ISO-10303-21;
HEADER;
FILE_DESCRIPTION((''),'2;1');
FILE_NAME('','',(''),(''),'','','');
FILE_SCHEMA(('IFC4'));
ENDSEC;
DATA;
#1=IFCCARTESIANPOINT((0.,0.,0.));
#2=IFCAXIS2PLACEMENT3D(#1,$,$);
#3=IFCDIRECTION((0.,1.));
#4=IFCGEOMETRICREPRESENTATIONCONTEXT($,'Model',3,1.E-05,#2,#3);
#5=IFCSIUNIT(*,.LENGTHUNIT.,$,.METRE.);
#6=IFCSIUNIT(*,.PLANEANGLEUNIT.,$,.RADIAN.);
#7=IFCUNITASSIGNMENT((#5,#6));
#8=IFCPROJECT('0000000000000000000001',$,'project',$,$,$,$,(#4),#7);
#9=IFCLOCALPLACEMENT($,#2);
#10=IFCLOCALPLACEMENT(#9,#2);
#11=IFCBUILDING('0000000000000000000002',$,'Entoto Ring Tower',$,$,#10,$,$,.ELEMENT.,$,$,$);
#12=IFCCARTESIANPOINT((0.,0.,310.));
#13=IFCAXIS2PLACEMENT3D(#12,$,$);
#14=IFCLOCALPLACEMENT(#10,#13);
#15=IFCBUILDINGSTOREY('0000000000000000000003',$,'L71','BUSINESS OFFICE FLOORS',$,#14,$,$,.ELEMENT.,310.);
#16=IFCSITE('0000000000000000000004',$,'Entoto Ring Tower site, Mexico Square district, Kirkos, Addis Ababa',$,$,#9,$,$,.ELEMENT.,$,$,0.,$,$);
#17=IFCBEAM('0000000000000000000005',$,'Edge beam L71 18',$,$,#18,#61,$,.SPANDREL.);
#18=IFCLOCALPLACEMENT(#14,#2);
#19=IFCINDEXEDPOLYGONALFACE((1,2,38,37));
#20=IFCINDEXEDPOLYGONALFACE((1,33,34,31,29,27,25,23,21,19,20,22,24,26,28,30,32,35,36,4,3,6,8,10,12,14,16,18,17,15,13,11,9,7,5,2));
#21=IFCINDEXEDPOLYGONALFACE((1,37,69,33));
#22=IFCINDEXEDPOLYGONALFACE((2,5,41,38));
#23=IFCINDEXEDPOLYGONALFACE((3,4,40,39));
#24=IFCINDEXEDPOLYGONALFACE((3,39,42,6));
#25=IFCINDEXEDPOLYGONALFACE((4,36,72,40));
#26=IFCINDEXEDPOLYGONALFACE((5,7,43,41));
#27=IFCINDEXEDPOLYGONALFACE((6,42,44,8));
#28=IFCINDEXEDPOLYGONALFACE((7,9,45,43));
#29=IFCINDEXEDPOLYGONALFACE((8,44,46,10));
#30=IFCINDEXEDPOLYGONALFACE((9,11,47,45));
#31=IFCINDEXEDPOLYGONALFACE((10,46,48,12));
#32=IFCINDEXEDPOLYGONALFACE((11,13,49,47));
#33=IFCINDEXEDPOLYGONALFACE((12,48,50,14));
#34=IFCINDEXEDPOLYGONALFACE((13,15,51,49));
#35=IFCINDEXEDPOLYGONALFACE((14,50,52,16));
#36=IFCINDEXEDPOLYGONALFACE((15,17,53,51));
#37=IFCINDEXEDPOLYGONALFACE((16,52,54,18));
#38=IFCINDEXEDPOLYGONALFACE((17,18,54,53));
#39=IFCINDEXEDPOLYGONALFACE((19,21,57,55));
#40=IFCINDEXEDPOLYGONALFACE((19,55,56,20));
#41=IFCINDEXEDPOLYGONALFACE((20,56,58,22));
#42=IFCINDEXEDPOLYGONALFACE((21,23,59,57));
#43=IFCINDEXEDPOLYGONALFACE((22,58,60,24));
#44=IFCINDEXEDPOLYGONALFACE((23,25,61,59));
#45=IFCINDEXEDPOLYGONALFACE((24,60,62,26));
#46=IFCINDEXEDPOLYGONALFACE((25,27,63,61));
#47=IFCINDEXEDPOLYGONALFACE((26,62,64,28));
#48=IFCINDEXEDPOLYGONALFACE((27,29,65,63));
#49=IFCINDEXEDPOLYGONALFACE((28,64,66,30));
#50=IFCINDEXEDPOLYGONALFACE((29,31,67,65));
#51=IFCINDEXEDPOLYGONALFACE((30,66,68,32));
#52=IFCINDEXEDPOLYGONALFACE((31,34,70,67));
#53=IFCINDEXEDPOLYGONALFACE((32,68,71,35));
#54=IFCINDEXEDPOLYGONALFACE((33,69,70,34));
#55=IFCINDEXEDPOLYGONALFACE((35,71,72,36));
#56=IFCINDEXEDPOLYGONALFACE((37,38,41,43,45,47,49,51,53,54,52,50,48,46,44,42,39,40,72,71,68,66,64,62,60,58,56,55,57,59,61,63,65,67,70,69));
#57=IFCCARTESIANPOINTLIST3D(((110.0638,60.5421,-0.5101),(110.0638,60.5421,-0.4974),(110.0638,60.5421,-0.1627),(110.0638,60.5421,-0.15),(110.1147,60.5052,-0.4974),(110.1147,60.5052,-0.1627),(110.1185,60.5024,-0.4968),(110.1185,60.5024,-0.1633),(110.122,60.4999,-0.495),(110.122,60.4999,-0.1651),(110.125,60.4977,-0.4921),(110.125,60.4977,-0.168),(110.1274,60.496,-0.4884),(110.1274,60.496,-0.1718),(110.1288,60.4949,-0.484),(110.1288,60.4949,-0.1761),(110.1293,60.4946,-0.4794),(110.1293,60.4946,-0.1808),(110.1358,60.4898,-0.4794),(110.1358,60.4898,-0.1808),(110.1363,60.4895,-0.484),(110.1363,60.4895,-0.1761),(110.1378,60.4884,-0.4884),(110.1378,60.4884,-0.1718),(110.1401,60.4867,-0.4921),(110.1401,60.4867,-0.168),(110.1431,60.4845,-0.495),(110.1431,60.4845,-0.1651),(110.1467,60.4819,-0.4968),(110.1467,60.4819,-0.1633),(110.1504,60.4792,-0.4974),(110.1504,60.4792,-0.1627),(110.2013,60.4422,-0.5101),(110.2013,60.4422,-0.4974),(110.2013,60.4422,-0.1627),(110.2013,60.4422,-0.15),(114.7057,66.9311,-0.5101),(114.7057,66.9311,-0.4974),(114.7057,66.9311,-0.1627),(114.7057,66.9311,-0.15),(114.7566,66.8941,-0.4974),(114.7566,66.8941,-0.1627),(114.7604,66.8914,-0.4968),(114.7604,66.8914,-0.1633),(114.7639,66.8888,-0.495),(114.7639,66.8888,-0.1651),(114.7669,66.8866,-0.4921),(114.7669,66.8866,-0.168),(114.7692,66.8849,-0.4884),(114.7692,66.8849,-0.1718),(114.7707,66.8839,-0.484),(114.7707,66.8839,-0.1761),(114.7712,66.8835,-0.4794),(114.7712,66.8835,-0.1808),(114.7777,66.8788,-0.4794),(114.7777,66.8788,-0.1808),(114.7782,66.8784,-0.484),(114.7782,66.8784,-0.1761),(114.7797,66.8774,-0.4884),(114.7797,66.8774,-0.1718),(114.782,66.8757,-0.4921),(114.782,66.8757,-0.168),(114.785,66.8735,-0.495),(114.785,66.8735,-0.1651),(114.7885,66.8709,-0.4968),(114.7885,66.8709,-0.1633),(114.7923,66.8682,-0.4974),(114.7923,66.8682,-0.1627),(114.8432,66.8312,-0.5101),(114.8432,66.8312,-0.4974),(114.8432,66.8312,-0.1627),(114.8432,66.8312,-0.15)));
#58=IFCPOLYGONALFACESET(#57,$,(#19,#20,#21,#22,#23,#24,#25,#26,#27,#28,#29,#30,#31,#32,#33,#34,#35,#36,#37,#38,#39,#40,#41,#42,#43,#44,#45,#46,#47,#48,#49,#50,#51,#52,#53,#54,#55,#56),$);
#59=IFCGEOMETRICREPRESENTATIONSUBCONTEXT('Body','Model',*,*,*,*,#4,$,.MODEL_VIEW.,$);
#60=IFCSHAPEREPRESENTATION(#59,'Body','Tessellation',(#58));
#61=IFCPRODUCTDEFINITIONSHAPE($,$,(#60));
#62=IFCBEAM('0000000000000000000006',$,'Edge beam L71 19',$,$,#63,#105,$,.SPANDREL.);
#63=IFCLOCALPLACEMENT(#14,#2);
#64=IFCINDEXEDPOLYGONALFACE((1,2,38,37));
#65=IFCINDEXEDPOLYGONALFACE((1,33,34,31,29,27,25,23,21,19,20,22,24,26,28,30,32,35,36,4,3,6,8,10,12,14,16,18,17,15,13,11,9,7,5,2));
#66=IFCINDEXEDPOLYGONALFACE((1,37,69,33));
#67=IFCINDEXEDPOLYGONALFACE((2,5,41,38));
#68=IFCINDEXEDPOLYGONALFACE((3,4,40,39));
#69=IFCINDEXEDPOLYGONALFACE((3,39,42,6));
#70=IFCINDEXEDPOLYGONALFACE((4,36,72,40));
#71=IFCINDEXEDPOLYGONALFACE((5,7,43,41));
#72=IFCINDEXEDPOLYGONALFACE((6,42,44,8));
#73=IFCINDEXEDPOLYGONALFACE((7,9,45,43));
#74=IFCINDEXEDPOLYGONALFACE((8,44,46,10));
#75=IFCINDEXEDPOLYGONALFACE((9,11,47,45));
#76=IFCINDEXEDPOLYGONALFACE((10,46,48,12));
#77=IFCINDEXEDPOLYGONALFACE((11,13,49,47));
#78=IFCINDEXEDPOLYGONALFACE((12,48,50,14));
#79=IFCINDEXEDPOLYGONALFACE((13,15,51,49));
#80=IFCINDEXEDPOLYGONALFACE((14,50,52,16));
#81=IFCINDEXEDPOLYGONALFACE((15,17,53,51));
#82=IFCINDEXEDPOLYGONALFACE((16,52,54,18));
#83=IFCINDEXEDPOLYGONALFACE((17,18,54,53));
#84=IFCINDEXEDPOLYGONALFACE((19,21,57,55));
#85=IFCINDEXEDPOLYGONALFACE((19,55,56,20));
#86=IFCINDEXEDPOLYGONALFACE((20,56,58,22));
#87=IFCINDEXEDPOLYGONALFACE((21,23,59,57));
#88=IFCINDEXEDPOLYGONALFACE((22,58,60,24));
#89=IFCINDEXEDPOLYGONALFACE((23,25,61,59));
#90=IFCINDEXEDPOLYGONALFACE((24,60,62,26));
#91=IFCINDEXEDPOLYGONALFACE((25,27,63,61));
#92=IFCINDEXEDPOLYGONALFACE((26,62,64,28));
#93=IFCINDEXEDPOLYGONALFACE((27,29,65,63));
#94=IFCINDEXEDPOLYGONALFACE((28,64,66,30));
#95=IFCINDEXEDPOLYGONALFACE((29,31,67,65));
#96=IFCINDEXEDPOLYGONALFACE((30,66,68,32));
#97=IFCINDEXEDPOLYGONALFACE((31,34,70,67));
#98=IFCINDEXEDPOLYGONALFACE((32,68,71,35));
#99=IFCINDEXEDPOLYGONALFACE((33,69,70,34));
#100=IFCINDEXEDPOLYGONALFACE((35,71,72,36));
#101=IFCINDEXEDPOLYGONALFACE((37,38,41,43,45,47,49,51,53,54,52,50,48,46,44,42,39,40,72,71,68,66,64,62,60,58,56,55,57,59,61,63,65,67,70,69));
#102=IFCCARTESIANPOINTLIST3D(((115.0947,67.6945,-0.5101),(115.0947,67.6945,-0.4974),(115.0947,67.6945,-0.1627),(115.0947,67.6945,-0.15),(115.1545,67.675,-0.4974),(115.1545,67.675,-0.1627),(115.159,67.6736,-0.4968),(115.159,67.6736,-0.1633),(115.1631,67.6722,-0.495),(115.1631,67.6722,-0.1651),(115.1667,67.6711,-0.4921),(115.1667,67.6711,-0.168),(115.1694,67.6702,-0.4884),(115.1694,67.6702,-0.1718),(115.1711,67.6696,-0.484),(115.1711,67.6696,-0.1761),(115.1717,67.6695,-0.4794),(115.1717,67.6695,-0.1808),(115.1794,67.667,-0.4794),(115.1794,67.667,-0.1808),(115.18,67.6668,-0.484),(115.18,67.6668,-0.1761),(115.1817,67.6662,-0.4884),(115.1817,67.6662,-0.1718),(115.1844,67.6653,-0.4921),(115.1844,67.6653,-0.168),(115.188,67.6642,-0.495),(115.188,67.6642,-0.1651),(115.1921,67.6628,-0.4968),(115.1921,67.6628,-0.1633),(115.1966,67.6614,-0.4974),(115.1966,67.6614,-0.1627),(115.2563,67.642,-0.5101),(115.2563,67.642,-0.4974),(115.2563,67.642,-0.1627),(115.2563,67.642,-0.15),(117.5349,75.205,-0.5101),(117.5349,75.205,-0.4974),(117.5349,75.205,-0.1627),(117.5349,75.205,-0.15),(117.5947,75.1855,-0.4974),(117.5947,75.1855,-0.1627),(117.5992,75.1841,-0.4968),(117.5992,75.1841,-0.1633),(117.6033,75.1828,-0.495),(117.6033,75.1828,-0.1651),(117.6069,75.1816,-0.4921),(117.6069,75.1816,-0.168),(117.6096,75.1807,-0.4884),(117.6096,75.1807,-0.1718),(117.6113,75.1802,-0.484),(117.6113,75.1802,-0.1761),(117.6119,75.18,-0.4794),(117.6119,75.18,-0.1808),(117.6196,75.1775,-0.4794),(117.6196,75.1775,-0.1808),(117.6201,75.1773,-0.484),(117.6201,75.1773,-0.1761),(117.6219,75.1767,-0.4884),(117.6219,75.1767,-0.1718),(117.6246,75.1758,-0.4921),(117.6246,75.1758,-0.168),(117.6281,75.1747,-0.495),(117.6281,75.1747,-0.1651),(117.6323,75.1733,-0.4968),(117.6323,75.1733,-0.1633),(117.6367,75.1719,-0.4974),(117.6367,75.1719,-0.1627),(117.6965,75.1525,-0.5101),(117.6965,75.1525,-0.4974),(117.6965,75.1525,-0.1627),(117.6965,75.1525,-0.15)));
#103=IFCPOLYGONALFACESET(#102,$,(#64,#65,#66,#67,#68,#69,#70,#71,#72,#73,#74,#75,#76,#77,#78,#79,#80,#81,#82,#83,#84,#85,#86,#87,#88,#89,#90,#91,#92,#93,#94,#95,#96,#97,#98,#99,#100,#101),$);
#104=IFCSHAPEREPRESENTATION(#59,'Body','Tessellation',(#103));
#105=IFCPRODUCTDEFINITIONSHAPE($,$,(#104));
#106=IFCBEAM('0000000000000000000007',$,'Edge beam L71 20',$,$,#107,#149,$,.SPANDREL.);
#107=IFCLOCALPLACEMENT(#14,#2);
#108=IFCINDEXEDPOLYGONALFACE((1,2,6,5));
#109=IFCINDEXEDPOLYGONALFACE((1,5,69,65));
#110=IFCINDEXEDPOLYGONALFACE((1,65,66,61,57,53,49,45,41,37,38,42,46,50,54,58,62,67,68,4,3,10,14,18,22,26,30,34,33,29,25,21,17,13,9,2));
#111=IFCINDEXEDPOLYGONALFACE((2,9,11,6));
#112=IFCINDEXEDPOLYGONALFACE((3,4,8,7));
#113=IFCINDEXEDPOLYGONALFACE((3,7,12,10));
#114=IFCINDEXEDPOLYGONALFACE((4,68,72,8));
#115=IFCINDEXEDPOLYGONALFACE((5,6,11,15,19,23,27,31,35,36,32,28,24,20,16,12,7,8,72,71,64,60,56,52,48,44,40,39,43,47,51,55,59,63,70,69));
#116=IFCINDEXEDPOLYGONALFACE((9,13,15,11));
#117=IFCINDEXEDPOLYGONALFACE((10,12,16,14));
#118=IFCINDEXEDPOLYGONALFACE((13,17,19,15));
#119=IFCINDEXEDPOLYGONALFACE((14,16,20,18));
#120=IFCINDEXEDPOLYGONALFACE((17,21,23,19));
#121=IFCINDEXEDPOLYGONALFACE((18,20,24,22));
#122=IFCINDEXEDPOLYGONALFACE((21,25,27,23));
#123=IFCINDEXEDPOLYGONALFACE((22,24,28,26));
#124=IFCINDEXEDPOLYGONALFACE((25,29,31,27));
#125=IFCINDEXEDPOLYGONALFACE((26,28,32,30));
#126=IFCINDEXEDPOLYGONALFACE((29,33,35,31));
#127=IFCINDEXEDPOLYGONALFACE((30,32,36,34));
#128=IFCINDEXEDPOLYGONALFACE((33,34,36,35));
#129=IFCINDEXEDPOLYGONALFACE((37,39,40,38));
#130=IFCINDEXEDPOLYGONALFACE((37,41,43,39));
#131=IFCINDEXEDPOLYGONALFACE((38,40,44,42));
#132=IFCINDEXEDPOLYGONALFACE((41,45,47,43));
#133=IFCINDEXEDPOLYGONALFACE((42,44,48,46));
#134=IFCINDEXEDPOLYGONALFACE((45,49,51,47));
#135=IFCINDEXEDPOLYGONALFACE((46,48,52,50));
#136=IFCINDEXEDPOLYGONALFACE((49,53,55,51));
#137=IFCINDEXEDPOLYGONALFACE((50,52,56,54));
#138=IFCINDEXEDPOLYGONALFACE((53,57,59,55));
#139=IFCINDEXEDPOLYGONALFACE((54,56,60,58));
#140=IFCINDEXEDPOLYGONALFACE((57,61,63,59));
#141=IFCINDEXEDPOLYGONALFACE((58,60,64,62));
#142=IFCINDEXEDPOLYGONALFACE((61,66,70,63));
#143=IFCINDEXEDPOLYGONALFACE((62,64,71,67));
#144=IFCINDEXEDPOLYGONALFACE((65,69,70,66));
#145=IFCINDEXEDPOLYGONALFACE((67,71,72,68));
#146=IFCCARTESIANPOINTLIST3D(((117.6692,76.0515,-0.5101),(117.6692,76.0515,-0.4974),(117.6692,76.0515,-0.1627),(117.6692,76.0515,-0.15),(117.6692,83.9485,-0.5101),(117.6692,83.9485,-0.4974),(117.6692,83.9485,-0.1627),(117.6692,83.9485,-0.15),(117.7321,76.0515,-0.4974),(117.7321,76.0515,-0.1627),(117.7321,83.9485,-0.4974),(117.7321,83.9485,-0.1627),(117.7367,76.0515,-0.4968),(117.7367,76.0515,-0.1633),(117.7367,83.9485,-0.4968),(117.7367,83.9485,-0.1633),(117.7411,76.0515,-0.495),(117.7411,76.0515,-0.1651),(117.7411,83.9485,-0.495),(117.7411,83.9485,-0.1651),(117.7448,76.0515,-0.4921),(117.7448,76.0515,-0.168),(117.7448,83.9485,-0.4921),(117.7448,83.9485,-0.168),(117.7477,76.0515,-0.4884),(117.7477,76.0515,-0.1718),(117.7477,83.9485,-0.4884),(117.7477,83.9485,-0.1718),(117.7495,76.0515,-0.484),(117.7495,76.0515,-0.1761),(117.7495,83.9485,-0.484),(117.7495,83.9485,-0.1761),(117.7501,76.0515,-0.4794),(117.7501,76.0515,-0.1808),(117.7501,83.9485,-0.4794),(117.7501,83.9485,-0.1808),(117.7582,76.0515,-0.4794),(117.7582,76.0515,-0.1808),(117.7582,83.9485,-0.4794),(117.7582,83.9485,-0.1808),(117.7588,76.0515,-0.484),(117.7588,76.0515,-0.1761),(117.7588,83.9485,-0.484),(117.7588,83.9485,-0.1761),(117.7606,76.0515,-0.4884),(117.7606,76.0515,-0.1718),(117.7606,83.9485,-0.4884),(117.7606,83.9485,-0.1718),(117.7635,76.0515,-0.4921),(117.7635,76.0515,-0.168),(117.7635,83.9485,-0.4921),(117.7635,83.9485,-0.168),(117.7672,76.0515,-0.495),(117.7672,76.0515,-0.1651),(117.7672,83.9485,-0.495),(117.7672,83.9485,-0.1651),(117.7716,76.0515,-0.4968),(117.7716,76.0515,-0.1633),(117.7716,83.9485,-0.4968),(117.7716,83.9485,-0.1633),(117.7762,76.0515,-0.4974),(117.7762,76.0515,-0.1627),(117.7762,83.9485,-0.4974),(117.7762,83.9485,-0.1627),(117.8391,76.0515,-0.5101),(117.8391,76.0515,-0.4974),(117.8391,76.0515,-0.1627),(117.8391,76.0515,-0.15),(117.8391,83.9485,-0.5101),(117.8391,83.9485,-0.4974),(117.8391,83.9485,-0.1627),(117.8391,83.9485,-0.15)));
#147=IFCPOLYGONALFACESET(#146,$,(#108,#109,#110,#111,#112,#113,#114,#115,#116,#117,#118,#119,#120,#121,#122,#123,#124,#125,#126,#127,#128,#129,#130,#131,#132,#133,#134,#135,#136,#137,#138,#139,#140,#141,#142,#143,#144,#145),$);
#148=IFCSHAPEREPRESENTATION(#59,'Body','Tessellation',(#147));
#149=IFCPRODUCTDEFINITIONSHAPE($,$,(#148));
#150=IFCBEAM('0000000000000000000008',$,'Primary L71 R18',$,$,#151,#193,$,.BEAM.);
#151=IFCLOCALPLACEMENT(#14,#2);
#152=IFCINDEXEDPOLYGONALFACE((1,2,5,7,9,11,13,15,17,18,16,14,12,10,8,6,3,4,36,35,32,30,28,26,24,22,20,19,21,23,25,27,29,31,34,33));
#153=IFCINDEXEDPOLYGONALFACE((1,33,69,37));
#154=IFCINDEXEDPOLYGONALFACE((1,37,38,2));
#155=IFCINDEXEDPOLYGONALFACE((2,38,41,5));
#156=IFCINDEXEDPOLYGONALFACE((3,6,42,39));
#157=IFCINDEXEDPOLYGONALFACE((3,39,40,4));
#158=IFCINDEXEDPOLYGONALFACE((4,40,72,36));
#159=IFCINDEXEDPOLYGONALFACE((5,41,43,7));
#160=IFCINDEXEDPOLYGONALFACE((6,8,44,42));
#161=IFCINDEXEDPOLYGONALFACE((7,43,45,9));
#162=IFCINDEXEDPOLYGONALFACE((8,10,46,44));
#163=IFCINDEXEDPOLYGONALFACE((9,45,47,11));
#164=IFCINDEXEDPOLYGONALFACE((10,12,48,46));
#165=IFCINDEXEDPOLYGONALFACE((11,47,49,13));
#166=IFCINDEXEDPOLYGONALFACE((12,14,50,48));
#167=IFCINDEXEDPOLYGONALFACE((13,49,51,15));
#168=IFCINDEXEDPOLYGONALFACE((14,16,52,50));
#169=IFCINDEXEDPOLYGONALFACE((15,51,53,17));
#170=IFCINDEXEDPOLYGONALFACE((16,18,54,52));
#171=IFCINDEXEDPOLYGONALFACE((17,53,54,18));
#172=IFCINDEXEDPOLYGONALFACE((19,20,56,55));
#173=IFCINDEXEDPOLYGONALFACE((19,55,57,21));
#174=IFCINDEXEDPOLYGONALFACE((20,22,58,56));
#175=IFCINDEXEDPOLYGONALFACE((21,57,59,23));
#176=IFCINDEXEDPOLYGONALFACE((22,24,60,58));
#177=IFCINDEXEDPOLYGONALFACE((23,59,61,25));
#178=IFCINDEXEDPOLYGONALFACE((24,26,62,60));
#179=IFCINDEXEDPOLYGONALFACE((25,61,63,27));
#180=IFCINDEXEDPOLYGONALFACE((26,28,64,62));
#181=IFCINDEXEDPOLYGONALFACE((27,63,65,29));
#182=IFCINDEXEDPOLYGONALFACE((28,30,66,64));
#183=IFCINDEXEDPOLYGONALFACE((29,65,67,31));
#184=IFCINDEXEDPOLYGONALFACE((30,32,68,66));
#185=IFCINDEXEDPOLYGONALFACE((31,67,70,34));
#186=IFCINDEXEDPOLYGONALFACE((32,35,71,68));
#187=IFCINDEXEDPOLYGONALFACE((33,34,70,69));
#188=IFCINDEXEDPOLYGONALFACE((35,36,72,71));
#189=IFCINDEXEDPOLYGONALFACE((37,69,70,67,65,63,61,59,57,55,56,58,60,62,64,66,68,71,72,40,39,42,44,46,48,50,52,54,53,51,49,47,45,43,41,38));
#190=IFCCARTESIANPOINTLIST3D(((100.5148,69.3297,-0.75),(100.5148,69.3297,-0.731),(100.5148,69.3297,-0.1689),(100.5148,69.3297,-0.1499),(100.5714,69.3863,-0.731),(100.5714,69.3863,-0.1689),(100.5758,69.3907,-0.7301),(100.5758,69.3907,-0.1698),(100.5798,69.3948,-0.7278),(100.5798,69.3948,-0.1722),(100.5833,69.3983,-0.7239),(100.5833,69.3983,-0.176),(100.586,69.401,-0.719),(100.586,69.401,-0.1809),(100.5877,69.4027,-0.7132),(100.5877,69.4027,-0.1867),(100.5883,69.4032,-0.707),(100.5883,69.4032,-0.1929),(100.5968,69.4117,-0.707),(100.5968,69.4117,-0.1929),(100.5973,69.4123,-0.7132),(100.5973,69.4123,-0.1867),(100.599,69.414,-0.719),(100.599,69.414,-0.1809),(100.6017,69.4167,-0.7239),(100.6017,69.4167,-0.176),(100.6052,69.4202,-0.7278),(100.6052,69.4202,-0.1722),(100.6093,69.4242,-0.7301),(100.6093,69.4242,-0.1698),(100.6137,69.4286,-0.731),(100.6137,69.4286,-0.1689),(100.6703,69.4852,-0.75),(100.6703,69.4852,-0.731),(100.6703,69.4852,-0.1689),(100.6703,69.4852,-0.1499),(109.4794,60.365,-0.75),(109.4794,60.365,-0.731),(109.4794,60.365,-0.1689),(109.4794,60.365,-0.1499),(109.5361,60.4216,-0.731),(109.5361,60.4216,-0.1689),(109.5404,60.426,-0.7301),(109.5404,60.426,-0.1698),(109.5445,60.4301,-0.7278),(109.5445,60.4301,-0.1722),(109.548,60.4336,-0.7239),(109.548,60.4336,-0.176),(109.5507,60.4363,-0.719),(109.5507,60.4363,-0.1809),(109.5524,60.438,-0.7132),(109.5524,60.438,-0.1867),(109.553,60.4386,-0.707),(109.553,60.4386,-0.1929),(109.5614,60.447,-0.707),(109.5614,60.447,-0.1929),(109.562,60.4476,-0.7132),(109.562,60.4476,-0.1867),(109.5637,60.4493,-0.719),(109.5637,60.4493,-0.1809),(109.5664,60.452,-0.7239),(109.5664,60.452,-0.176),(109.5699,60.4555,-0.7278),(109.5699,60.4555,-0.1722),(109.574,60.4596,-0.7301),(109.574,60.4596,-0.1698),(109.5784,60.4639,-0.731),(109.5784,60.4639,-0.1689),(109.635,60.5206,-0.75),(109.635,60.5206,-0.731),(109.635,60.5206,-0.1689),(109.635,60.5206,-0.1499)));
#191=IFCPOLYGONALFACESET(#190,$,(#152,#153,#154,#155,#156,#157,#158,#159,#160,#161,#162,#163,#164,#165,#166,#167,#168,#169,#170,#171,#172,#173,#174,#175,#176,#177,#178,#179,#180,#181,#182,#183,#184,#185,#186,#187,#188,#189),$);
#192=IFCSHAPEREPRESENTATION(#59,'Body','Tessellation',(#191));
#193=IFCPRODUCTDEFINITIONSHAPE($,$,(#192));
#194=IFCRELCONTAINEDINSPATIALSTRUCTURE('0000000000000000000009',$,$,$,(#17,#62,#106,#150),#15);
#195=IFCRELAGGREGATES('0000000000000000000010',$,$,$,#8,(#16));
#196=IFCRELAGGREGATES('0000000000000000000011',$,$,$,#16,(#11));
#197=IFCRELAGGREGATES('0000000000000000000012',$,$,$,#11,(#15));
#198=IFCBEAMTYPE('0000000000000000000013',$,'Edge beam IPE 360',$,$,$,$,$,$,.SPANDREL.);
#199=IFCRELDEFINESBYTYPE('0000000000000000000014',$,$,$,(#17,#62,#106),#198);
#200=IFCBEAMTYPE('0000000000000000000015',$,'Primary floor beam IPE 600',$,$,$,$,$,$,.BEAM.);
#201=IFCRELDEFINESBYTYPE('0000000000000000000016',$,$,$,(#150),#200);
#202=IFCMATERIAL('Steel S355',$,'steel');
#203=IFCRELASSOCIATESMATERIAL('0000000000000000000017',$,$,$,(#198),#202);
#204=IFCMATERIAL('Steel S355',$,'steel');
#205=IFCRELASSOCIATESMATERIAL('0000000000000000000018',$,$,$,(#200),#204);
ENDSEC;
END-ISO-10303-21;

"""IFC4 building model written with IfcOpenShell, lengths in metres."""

from ifc_helpers import new_model, si_unit, direction, frame, origin, origin_2d, place, context, subcontext, project, spatial, i_section, extrude, material, material_profile, profile_set, type_object, element, save


model = new_model("IFC4")

# Units and contexts
model_context = context("Model", 3, precision=1e-05, world=origin(), true_north=direction((0.0, 1.0)))
body_context = subcontext(model_context, "Body", "Model", "MODEL_VIEW")
ifc_project = project(units=[si_unit("LENGTHUNIT", "METRE"), si_unit("PLANEANGLEUNIT", "RADIAN")], contexts=[model_context])

# Site, building, storey
site_placement = place(None, origin())
site = spatial("IfcSite", under=ifc_project, at=site_placement, Name="Entoto Ring Tower site, Mexico Square district, Kirkos, Addis Ababa", CompositionType="ELEMENT", RefElevation=0.0)
building_placement = place(site_placement, origin())
building = spatial("IfcBuilding", under=site, at=building_placement, Name="Entoto Ring Tower", CompositionType="ELEMENT")
storey_placement = place(building_placement, frame((0.0, 0.0, 310.0)))
storey = spatial("IfcBuildingStorey", under=building, at=storey_placement, Name="L71", Description="BUSINESS OFFICE FLOORS", CompositionType="ELEMENT", Elevation=310.0)

# Beams
ifc_material_1 = material(Name="Steel S355", Category="steel")
ifc_material_profile_1 = material_profile(ifc_material_1, i_section(OverallWidth=0.1699, OverallDepth=0.3601, WebThickness=0.0081, FlangeThickness=0.0127, FilletRadius=0.0181, at=origin_2d()), Name="IPE 360")
ifc_profile_set_1 = profile_set([ifc_material_profile_1], Name="Steel S355")
beam_type_1 = type_object("IfcBeamType", Name="Edge beam IPE 360", PredefinedType="SPANDREL", material=ifc_profile_set_1)
for number, where, z_axis, x_axis, name in (
    (1, (110.1326, 60.4922, -0.3301), (0.587787, 0.809015, 0.0), (-0.809015, 0.587787, 0.0), "Edge beam L71 18"),
):
    element("IfcBeam", number, at=place(storey_placement, frame(where, z_axis=z_axis, x_axis=x_axis)), inside=storey, type_object=beam_type_1, Name=name, PredefinedType="SPANDREL", context=body_context, shape_type="SweptSolid", body=[
        extrude(i_section(OverallWidth=0.1699, OverallDepth=0.3601, WebThickness=0.0081, FlangeThickness=0.0127, FilletRadius=0.0181, at=origin_2d()), origin(), (0.0, 0.0, 1.0), 7.8972),
    ])
for number, where, z_axis, x_axis, name in (
    (2, (115.1755, 67.6682, -0.3301), (0.309003, 0.951061, 0.0), (-0.951061, 0.309003, 0.0), "Edge beam L71 19"),
    (3, (117.7542, 76.0515, -0.3301), (0.0, 1.0, 0.0), (-1.0, 0.0, 0.0), "Edge beam L71 20"),
):
    element("IfcBeam", number, at=place(storey_placement, frame(where, z_axis=z_axis, x_axis=x_axis)), inside=storey, type_object=beam_type_1, Name=name, PredefinedType="SPANDREL", context=body_context, shape_type="SweptSolid", body=[
        extrude(i_section(OverallWidth=0.1699, OverallDepth=0.3601, WebThickness=0.0081, FlangeThickness=0.0127, FilletRadius=0.0181, at=origin_2d()), origin(), (0.0, 0.0, 1.0), 7.897),
    ])
ifc_material_2 = material(Name="Steel S355", Category="steel")
ifc_material_profile_2 = material_profile(ifc_material_2, i_section(OverallWidth=0.22, OverallDepth=0.6001, WebThickness=0.012, FlangeThickness=0.019, FilletRadius=0.0239, at=origin_2d()), Name="IPE 600")
ifc_profile_set_2 = profile_set([ifc_material_profile_2], Name="Steel S355")
beam_type_2 = type_object("IfcBeamType", Name="Primary floor beam IPE 600", PredefinedType="BEAM", material=ifc_profile_set_2)
beam_1_placement = place(storey_placement, frame((100.5925, 69.4075, -0.45), z_axis=(0.707107, -0.707107, 0.0), x_axis=(0.707107, 0.707107, 0.0)))
element("IfcBeam", 4, at=beam_1_placement, inside=storey, type_object=beam_type_2, Name="Primary L71 R18", PredefinedType="BEAM", context=body_context, shape_type="SweptSolid", body=[
    extrude(i_section(OverallWidth=0.22, OverallDepth=0.6001, WebThickness=0.012, FlangeThickness=0.019, FilletRadius=0.0239, at=origin_2d()), origin(), (0.0, 0.0, 1.0), 12.678),
])

save(model, "model.ifc")
